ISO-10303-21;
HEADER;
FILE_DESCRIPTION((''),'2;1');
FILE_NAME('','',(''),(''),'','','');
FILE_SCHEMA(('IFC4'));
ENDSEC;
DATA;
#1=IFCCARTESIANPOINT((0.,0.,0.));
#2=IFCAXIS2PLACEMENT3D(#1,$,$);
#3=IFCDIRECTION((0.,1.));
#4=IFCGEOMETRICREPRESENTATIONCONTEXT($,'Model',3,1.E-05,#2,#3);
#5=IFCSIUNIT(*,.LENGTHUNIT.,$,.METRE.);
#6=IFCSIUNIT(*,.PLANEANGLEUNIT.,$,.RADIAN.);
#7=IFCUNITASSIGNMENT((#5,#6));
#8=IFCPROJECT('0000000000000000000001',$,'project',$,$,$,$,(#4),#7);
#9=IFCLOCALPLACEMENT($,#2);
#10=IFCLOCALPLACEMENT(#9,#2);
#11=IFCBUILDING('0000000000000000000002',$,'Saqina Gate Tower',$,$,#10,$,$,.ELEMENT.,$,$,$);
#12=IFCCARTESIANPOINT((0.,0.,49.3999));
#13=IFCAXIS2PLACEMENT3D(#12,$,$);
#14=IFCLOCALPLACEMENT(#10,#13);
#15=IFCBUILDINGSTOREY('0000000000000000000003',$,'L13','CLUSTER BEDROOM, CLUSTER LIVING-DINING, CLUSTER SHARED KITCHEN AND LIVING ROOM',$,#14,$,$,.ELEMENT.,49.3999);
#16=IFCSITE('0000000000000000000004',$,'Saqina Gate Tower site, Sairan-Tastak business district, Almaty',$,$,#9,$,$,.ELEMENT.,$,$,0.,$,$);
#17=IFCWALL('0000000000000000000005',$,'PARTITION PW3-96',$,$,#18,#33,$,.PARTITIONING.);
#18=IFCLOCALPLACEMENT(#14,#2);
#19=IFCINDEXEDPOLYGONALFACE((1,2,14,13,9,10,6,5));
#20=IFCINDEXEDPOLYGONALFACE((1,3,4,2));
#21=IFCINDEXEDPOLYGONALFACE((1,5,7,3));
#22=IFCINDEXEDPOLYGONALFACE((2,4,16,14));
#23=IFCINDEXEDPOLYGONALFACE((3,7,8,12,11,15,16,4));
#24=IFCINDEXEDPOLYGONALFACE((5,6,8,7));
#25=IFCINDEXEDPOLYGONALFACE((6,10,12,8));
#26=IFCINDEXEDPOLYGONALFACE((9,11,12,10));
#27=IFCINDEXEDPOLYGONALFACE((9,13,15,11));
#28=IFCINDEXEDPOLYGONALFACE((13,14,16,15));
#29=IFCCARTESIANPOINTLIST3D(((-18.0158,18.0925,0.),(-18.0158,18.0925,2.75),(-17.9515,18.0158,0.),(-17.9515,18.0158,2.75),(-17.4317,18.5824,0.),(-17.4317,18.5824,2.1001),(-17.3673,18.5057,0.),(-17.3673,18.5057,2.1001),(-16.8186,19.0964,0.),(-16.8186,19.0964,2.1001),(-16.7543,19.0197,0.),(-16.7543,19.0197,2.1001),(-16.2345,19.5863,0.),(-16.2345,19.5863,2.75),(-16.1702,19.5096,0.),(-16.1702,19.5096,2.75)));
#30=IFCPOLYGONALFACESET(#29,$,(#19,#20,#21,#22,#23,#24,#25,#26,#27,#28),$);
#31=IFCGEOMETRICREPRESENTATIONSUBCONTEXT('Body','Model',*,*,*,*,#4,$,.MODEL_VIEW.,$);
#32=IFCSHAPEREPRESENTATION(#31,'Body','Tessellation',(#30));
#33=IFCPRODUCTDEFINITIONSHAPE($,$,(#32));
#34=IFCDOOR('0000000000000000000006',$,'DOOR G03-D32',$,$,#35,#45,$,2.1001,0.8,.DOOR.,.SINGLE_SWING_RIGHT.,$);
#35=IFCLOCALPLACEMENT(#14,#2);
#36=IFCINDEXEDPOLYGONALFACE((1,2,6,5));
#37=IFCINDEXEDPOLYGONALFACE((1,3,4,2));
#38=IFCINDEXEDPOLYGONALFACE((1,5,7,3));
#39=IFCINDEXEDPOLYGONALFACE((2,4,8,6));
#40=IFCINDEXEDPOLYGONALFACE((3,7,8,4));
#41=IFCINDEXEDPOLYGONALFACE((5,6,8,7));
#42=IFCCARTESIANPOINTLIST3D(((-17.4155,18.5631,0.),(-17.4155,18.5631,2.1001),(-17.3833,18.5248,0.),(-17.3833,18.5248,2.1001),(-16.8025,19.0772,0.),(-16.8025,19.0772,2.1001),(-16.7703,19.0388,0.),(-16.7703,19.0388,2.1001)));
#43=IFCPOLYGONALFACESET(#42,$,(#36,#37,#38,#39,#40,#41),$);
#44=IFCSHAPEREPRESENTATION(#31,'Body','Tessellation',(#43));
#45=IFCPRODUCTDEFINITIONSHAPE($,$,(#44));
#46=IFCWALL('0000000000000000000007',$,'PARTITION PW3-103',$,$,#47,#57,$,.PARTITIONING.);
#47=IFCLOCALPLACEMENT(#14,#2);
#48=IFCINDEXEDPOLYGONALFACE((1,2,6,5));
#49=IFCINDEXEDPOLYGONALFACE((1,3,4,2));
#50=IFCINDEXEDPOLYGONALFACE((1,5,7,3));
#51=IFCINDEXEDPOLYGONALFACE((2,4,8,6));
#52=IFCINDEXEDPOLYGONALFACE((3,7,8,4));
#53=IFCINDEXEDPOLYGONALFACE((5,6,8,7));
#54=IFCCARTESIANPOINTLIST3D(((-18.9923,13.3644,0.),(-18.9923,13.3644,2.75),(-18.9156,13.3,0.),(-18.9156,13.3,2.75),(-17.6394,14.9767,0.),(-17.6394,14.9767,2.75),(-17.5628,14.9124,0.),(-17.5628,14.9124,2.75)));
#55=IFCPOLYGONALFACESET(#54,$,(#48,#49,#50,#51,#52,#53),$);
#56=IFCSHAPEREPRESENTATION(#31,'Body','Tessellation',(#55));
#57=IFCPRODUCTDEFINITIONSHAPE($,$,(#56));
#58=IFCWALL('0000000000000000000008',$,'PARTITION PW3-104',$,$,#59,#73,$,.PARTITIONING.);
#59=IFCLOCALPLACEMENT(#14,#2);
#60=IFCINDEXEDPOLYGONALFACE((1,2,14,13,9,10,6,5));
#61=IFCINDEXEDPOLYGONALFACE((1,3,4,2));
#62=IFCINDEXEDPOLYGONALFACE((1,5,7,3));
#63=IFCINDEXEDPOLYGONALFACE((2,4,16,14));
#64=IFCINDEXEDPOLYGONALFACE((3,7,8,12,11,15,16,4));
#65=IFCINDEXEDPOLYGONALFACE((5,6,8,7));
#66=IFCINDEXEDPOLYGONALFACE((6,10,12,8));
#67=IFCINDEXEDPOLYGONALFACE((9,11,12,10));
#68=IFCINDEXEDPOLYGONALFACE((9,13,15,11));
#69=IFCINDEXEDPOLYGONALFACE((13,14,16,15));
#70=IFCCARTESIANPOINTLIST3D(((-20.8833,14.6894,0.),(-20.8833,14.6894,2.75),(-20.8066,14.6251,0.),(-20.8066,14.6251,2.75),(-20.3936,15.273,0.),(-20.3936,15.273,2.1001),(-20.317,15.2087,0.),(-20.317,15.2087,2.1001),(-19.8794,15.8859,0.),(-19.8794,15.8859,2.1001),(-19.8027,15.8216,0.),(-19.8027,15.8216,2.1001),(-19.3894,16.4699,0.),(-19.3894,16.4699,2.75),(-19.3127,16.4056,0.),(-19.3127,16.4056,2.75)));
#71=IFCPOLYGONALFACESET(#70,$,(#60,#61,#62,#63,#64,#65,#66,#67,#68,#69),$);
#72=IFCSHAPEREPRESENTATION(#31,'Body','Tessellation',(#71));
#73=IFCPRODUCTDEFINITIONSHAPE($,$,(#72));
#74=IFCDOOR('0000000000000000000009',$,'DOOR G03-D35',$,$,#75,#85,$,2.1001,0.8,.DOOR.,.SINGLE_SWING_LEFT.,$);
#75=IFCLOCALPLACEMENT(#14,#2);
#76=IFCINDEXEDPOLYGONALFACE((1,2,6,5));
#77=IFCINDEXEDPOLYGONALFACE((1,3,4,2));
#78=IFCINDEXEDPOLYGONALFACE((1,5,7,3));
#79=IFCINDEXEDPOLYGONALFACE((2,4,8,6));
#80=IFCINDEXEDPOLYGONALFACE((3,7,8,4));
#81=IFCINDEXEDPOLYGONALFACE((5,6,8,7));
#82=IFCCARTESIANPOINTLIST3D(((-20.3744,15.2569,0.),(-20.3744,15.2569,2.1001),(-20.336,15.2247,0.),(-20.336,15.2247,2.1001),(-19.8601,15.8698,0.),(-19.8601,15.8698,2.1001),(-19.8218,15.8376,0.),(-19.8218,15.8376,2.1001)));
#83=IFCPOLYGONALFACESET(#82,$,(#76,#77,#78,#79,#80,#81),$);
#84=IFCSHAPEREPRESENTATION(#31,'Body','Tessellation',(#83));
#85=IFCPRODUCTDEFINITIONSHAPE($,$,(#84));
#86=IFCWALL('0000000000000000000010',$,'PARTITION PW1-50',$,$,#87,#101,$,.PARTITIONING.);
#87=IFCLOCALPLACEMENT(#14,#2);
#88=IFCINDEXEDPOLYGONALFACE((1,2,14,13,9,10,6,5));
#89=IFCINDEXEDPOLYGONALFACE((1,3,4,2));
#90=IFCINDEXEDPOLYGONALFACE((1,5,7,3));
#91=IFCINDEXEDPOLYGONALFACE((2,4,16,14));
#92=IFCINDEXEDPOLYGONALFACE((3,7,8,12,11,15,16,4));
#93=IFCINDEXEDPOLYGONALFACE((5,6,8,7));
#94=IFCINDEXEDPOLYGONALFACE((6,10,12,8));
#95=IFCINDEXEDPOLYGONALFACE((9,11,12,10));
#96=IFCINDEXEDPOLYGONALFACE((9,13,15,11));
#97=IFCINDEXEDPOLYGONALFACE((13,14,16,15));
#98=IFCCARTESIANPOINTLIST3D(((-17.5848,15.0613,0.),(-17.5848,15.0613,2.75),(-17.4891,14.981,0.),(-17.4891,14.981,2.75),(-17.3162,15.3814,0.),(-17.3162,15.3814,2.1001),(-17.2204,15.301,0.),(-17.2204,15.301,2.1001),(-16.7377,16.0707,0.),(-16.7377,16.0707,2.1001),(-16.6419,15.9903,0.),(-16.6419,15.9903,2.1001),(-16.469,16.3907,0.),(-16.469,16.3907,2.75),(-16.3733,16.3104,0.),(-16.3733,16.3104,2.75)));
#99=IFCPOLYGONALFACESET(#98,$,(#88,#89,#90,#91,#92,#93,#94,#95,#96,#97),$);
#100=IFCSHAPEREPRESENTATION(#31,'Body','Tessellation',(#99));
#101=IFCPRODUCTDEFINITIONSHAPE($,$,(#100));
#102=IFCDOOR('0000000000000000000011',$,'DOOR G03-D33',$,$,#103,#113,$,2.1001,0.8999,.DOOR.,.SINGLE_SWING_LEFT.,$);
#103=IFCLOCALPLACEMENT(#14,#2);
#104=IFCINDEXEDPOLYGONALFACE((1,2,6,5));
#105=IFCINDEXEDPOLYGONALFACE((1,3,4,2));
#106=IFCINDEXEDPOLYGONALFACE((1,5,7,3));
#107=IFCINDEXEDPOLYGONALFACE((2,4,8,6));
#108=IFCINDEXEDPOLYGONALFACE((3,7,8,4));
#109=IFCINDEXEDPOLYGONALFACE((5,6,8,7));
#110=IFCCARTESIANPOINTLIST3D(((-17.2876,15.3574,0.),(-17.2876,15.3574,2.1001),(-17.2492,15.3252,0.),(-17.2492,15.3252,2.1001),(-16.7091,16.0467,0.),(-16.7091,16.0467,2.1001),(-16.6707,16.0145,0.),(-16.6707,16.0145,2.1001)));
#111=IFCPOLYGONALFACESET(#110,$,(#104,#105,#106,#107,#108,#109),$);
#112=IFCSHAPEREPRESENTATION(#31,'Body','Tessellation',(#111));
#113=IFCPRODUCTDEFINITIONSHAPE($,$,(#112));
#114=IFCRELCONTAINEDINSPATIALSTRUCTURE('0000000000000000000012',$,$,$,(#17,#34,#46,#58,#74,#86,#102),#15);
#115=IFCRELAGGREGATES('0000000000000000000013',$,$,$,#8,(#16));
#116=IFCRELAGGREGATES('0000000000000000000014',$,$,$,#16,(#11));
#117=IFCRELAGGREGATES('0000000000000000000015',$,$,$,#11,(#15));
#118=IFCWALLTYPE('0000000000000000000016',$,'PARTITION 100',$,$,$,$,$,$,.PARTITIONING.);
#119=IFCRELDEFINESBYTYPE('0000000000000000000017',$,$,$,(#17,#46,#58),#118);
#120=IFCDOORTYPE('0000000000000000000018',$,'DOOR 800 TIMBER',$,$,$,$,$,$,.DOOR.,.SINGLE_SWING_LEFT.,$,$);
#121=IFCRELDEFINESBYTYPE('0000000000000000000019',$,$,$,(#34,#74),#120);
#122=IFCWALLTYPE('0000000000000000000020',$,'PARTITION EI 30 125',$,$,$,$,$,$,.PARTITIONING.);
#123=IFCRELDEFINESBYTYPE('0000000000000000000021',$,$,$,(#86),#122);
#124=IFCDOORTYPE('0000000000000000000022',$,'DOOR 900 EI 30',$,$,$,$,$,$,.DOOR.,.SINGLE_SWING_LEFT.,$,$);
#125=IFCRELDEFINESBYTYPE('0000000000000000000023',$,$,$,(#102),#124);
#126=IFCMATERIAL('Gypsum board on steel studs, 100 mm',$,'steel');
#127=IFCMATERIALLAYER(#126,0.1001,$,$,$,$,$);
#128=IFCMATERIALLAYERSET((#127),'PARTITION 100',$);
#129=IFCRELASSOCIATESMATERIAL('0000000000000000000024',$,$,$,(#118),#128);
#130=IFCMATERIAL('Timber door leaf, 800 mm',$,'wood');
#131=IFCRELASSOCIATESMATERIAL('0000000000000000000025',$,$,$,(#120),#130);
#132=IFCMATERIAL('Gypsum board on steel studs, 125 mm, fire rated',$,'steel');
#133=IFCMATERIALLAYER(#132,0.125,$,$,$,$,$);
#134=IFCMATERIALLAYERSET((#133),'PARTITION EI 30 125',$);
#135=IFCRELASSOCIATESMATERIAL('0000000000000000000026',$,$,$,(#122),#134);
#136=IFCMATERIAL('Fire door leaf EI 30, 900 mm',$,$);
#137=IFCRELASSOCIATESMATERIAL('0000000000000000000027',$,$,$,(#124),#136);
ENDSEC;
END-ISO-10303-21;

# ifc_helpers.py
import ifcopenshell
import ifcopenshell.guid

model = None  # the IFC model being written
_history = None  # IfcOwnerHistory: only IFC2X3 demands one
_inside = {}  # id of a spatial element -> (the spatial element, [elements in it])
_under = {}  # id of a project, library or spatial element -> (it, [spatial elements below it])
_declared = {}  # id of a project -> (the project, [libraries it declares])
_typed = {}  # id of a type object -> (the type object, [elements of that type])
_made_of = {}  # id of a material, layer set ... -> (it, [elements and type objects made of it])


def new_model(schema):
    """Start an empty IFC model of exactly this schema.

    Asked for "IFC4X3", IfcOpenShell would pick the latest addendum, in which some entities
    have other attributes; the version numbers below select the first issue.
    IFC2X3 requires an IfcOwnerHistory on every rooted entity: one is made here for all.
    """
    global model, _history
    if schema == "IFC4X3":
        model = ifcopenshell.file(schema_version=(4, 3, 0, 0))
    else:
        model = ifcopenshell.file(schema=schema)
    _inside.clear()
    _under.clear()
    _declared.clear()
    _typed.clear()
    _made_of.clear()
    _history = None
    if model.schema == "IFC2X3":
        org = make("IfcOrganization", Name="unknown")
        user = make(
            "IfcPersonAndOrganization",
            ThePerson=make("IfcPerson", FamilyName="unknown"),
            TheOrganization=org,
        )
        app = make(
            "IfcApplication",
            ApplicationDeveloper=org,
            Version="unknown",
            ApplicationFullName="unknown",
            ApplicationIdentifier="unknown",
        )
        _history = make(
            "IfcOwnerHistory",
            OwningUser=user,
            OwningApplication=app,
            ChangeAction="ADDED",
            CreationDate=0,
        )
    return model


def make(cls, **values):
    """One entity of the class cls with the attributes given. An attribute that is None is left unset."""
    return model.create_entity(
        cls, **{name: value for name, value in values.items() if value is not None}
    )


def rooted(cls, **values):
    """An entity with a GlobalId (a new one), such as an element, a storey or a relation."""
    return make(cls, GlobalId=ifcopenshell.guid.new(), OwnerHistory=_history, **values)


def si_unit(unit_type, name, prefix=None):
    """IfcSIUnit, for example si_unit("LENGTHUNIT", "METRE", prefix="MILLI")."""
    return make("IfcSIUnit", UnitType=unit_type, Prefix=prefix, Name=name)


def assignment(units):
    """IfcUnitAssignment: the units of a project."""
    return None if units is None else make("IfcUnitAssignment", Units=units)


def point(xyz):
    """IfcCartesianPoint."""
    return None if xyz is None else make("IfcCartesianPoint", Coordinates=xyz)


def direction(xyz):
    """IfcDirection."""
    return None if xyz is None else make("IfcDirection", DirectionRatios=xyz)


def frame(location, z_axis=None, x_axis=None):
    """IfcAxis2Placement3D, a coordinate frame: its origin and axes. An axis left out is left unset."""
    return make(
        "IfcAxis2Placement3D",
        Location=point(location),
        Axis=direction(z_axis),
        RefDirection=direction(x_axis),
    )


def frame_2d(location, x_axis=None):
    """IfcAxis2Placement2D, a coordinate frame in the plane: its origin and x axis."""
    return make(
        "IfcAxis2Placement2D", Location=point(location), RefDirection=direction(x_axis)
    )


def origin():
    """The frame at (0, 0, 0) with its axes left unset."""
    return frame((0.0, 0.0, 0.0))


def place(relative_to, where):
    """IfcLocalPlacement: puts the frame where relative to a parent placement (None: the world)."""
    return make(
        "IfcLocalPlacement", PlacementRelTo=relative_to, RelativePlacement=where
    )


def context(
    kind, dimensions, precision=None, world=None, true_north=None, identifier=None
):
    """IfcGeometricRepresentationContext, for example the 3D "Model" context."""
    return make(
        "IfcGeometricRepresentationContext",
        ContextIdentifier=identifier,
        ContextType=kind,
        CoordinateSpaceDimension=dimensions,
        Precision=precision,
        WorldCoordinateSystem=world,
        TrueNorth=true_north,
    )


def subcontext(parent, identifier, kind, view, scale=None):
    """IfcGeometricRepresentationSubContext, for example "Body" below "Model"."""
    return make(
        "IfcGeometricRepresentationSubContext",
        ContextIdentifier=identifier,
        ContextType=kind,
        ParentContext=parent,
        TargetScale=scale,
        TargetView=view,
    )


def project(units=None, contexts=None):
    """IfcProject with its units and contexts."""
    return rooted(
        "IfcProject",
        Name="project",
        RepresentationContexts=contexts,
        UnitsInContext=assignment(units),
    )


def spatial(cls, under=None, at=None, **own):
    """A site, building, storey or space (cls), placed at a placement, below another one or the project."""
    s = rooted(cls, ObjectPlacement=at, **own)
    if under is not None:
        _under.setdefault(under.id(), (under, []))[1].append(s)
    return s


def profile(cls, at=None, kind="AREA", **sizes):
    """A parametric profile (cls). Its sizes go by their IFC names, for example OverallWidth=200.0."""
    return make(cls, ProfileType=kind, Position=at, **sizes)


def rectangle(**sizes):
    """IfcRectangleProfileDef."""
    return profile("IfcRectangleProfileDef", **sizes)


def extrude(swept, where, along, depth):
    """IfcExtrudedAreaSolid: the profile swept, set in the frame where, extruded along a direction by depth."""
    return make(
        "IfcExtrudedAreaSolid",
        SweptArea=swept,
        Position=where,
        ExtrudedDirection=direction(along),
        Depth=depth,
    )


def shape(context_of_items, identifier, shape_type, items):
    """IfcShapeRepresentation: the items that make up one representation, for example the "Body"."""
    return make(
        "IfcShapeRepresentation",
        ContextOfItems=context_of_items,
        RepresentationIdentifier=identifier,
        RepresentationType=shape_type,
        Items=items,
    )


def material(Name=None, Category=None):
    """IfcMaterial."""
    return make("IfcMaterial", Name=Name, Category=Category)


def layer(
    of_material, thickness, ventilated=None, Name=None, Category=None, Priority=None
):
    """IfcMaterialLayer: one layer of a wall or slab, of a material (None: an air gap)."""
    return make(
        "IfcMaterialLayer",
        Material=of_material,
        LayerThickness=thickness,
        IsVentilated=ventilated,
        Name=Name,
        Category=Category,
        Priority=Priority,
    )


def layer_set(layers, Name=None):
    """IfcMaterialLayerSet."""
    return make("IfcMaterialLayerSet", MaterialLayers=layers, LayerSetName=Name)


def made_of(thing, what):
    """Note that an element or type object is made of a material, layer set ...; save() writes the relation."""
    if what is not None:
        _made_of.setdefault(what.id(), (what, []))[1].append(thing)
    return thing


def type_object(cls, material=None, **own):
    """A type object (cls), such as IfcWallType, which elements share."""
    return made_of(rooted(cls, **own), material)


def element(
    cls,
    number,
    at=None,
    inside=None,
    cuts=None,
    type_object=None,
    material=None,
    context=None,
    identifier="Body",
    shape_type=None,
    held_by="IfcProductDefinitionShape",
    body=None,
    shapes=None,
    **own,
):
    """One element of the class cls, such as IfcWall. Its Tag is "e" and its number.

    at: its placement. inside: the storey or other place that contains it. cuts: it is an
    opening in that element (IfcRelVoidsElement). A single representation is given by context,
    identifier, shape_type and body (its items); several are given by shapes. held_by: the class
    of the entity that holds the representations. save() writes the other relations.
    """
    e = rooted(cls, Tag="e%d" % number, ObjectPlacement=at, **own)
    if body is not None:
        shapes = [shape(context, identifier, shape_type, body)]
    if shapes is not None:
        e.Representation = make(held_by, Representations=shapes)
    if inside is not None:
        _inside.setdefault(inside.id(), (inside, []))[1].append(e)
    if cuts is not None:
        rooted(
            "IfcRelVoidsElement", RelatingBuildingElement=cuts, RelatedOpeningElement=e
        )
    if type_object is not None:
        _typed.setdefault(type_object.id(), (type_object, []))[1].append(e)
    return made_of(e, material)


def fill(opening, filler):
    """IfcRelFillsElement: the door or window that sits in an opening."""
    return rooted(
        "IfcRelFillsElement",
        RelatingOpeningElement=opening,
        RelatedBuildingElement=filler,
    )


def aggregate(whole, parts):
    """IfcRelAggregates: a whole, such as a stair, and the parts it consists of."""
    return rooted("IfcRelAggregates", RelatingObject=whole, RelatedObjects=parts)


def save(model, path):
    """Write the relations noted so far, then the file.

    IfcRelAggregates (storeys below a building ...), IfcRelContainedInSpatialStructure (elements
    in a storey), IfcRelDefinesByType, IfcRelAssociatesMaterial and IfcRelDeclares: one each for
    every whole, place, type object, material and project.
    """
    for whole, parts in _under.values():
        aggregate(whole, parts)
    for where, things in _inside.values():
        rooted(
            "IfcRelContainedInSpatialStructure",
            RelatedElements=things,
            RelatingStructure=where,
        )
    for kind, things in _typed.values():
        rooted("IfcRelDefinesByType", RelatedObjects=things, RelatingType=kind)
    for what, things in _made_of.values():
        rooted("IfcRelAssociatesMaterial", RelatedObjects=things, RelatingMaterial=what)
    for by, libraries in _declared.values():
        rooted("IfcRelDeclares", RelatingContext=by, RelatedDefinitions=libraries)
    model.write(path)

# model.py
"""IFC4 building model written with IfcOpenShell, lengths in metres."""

from ifc_helpers import new_model, si_unit, direction, frame, frame_2d, origin, place, context, subcontext, project, spatial, rectangle, extrude, material, layer, layer_set, type_object, element, fill, save


model = new_model("IFC4")

# Units and contexts
model_context = context("Model", 3, precision=1e-05, world=origin(), true_north=direction((0.0, 1.0)))
body_context = subcontext(model_context, "Body", "Model", "MODEL_VIEW")
ifc_project = project(units=[si_unit("LENGTHUNIT", "METRE"), si_unit("PLANEANGLEUNIT", "RADIAN")], contexts=[model_context])

# Site, building, storey
site_placement = place(None, origin())
site = spatial("IfcSite", under=ifc_project, at=site_placement, Name="Saqina Gate Tower site, Sairan-Tastak business district, Almaty", CompositionType="ELEMENT", RefElevation=0.0)
building_placement = place(site_placement, origin())
building = spatial("IfcBuilding", under=site, at=building_placement, Name="Saqina Gate Tower", CompositionType="ELEMENT")
storey_placement = place(building_placement, frame((0.0, 0.0, 49.3999)))
storey = spatial("IfcBuildingStorey", under=building, at=storey_placement, Name="L13", Description="CLUSTER BEDROOM, CLUSTER LIVING-DINING, CLUSTER SHARED KITCHEN AND LIVING ROOM", CompositionType="ELEMENT", Elevation=49.3999)

# Shared definitions
ifc_material_1 = material(Name="Gypsum board on steel studs, 100 mm", Category="steel")
ifc_layer_1 = layer(ifc_material_1, 0.1001)
ifc_layer_set_1 = layer_set([ifc_layer_1], Name="PARTITION 100")
wall_type_1 = type_object("IfcWallType", Name="PARTITION 100", PredefinedType="PARTITIONING", material=ifc_layer_set_1)

# Wall, opening, door
wall_1_placement = place(storey_placement, frame((-17.9836, 18.0542, 0.0), z_axis=(0.0, 0.0, 1.0), x_axis=(0.766255, 0.642537, 0.0)))
wall_1 = element("IfcWall", 1, at=wall_1_placement, inside=storey, type_object=wall_type_1, Name="PARTITION PW3-96", PredefinedType="PARTITIONING", context=body_context, shape_type="SweptSolid", body=[
    extrude(rectangle(XDim=2.3247, YDim=0.1001, at=frame_2d((1.1624, 0.0))), origin(), (0.0, 0.0, 1.0), 2.75),
])
opening_1_placement = place(wall_1_placement, frame((0.7625, 0.0, 0.0)))
opening_1 = element("IfcOpeningElement", 2, at=opening_1_placement, cuts=wall_1, PredefinedType="OPENING", context=body_context, shape_type="SweptSolid", body=[
    extrude(rectangle(XDim=0.8, YDim=2.1001, at=frame_2d((0.3999, 1.05))), frame((0.0, 0.062, 0.0), z_axis=(0.0, -1.0, 0.0), x_axis=(1.0, 0.0, 0.0)), (0.0, 0.0, 1.0), 0.124),
])
ifc_material_2 = material(Name="Timber door leaf, 800 mm", Category="wood")
door_type_1 = type_object("IfcDoorType", Name="DOOR 800 TIMBER", OperationType="SINGLE_SWING_LEFT", PredefinedType="DOOR", material=ifc_material_2)
door_1_placement = place(opening_1_placement, origin())
door_1 = element("IfcDoor", 3, at=door_1_placement, inside=storey, type_object=door_type_1, Name="DOOR G03-D32", OperationType="SINGLE_SWING_RIGHT", OverallHeight=2.1001, OverallWidth=0.8, PredefinedType="DOOR", context=body_context, shape_type="SweptSolid", body=[
    extrude(rectangle(XDim=0.8, YDim=2.1001, at=frame_2d((0.3999, 1.05))), frame((0.0, 0.0249, 0.0), z_axis=(0.0, -1.0, 0.0), x_axis=(1.0, 0.0, 0.0)), (0.0, 0.0, 1.0), 0.05),
])
fill(opening_1, door_1)

# Wall
wall_2_placement = place(storey_placement, frame((-18.9539, 13.3323, 0.0), z_axis=(0.0, 0.0, 1.0), x_axis=(0.642759, 0.766068, 0.0)))
element("IfcWall", 4, at=wall_2_placement, inside=storey, type_object=wall_type_1, Name="PARTITION PW3-103", PredefinedType="PARTITIONING", context=body_context, shape_type="SweptSolid", body=[
    extrude(rectangle(XDim=2.1047, YDim=0.1001, at=frame_2d((1.0522, 0.0))), origin(), (0.0, 0.0, 1.0), 2.75),
])

# Walls, openings, doors
wall_3_placement = place(storey_placement, frame((-20.845, 14.6572, 0.0), z_axis=(0.0, 0.0, 1.0), x_axis=(0.642753, 0.766073, 0.0)))
wall_3 = element("IfcWall", 5, at=wall_3_placement, inside=storey, type_object=wall_type_1, Name="PARTITION PW3-104", PredefinedType="PARTITIONING", context=body_context, shape_type="SweptSolid", body=[
    extrude(rectangle(XDim=2.3242, YDim=0.1001, at=frame_2d((1.1621, 0.0))), origin(), (0.0, 0.0, 1.0), 2.75),
])
opening_2_placement = place(wall_3_placement, frame((0.762, 0.0, 0.0)))
opening_2 = element("IfcOpeningElement", 6, at=opening_2_placement, cuts=wall_3, PredefinedType="OPENING", context=body_context, shape_type="SweptSolid", body=[
    extrude(rectangle(XDim=0.8, YDim=2.1001, at=frame_2d((0.3999, 1.05))), frame((0.0, 0.062, 0.0), z_axis=(0.0, -1.0, 0.0), x_axis=(1.0, 0.0, 0.0)), (0.0, 0.0, 1.0), 0.124),
])
door_2_placement = place(opening_2_placement, origin())
door_2 = element("IfcDoor", 7, at=door_2_placement, inside=storey, type_object=door_type_1, Name="DOOR G03-D35", OperationType="SINGLE_SWING_LEFT", OverallHeight=2.1001, OverallWidth=0.8, PredefinedType="DOOR", context=body_context, shape_type="SweptSolid", body=[
    extrude(rectangle(XDim=0.8, YDim=2.1001, at=frame_2d((0.3999, 1.05))), frame((0.0, 0.0249, 0.0), z_axis=(0.0, -1.0, 0.0), x_axis=(1.0, 0.0, 0.0)), (0.0, 0.0, 1.0), 0.05),
])
fill(opening_2, door_2)
ifc_material_3 = material(Name="Gypsum board on steel studs, 125 mm, fire rated", Category="steel")
ifc_layer_2 = layer(ifc_material_3, 0.125)
ifc_layer_set_2 = layer_set([ifc_layer_2], Name="PARTITION EI 30 125")
wall_type_2 = type_object("IfcWallType", Name="PARTITION EI 30 125", PredefinedType="PARTITIONING", material=ifc_layer_set_2)
wall_4_placement = place(storey_placement, frame((-17.5369, 15.0212, 0.0), z_axis=(0.0, 0.0, 1.0), x_axis=(0.642879, 0.765968, 0.0)))
wall_4 = element("IfcWall", 8, at=wall_4_placement, inside=storey, type_object=wall_type_2, Name="PARTITION PW1-50", PredefinedType="PARTITIONING", context=body_context, shape_type="SweptSolid", body=[
    extrude(rectangle(XDim=1.7356, YDim=0.125, at=frame_2d((0.8677, 0.0))), origin(), (0.0, 0.0, 1.0), 2.75),
])
opening_3_placement = place(wall_4_placement, frame((0.4177, 0.0, 0.0)))
opening_3 = element("IfcOpeningElement", 9, at=opening_3_placement, cuts=wall_4, PredefinedType="OPENING", context=body_context, shape_type="SweptSolid", body=[
    extrude(rectangle(XDim=0.8999, YDim=2.1001, at=frame_2d((0.45, 1.05))), frame((0.0, 0.0745, 0.0), z_axis=(0.0, -1.0, 0.0), x_axis=(1.0, 0.0, 0.0)), (0.0, 0.0, 1.0), 0.1489),
])
ifc_material_4 = material(Name="Fire door leaf EI 30, 900 mm")
door_type_2 = type_object("IfcDoorType", Name="DOOR 900 EI 30", OperationType="SINGLE_SWING_LEFT", PredefinedType="DOOR", material=ifc_material_4)
door_3_placement = place(opening_3_placement, frame((0.8999, 0.0, 0.0), z_axis=(0.0, 0.0, 1.0), x_axis=(-1.0, 0.0, 0.0)))
door_3 = element("IfcDoor", 10, at=door_3_placement, inside=storey, type_object=door_type_2, Name="DOOR G03-D33", OperationType="SINGLE_SWING_LEFT", OverallHeight=2.1001, OverallWidth=0.8999, PredefinedType="DOOR", context=body_context, shape_type="SweptSolid", body=[
    extrude(rectangle(XDim=0.8999, YDim=2.1001, at=frame_2d((0.45, 1.05))), frame((0.0, 0.0249, 0.0), z_axis=(0.0, -1.0, 0.0), x_axis=(1.0, 0.0, 0.0)), (0.0, 0.0, 1.0), 0.05),
])
fill(opening_3, door_3)

save(model, "model.ifc")
